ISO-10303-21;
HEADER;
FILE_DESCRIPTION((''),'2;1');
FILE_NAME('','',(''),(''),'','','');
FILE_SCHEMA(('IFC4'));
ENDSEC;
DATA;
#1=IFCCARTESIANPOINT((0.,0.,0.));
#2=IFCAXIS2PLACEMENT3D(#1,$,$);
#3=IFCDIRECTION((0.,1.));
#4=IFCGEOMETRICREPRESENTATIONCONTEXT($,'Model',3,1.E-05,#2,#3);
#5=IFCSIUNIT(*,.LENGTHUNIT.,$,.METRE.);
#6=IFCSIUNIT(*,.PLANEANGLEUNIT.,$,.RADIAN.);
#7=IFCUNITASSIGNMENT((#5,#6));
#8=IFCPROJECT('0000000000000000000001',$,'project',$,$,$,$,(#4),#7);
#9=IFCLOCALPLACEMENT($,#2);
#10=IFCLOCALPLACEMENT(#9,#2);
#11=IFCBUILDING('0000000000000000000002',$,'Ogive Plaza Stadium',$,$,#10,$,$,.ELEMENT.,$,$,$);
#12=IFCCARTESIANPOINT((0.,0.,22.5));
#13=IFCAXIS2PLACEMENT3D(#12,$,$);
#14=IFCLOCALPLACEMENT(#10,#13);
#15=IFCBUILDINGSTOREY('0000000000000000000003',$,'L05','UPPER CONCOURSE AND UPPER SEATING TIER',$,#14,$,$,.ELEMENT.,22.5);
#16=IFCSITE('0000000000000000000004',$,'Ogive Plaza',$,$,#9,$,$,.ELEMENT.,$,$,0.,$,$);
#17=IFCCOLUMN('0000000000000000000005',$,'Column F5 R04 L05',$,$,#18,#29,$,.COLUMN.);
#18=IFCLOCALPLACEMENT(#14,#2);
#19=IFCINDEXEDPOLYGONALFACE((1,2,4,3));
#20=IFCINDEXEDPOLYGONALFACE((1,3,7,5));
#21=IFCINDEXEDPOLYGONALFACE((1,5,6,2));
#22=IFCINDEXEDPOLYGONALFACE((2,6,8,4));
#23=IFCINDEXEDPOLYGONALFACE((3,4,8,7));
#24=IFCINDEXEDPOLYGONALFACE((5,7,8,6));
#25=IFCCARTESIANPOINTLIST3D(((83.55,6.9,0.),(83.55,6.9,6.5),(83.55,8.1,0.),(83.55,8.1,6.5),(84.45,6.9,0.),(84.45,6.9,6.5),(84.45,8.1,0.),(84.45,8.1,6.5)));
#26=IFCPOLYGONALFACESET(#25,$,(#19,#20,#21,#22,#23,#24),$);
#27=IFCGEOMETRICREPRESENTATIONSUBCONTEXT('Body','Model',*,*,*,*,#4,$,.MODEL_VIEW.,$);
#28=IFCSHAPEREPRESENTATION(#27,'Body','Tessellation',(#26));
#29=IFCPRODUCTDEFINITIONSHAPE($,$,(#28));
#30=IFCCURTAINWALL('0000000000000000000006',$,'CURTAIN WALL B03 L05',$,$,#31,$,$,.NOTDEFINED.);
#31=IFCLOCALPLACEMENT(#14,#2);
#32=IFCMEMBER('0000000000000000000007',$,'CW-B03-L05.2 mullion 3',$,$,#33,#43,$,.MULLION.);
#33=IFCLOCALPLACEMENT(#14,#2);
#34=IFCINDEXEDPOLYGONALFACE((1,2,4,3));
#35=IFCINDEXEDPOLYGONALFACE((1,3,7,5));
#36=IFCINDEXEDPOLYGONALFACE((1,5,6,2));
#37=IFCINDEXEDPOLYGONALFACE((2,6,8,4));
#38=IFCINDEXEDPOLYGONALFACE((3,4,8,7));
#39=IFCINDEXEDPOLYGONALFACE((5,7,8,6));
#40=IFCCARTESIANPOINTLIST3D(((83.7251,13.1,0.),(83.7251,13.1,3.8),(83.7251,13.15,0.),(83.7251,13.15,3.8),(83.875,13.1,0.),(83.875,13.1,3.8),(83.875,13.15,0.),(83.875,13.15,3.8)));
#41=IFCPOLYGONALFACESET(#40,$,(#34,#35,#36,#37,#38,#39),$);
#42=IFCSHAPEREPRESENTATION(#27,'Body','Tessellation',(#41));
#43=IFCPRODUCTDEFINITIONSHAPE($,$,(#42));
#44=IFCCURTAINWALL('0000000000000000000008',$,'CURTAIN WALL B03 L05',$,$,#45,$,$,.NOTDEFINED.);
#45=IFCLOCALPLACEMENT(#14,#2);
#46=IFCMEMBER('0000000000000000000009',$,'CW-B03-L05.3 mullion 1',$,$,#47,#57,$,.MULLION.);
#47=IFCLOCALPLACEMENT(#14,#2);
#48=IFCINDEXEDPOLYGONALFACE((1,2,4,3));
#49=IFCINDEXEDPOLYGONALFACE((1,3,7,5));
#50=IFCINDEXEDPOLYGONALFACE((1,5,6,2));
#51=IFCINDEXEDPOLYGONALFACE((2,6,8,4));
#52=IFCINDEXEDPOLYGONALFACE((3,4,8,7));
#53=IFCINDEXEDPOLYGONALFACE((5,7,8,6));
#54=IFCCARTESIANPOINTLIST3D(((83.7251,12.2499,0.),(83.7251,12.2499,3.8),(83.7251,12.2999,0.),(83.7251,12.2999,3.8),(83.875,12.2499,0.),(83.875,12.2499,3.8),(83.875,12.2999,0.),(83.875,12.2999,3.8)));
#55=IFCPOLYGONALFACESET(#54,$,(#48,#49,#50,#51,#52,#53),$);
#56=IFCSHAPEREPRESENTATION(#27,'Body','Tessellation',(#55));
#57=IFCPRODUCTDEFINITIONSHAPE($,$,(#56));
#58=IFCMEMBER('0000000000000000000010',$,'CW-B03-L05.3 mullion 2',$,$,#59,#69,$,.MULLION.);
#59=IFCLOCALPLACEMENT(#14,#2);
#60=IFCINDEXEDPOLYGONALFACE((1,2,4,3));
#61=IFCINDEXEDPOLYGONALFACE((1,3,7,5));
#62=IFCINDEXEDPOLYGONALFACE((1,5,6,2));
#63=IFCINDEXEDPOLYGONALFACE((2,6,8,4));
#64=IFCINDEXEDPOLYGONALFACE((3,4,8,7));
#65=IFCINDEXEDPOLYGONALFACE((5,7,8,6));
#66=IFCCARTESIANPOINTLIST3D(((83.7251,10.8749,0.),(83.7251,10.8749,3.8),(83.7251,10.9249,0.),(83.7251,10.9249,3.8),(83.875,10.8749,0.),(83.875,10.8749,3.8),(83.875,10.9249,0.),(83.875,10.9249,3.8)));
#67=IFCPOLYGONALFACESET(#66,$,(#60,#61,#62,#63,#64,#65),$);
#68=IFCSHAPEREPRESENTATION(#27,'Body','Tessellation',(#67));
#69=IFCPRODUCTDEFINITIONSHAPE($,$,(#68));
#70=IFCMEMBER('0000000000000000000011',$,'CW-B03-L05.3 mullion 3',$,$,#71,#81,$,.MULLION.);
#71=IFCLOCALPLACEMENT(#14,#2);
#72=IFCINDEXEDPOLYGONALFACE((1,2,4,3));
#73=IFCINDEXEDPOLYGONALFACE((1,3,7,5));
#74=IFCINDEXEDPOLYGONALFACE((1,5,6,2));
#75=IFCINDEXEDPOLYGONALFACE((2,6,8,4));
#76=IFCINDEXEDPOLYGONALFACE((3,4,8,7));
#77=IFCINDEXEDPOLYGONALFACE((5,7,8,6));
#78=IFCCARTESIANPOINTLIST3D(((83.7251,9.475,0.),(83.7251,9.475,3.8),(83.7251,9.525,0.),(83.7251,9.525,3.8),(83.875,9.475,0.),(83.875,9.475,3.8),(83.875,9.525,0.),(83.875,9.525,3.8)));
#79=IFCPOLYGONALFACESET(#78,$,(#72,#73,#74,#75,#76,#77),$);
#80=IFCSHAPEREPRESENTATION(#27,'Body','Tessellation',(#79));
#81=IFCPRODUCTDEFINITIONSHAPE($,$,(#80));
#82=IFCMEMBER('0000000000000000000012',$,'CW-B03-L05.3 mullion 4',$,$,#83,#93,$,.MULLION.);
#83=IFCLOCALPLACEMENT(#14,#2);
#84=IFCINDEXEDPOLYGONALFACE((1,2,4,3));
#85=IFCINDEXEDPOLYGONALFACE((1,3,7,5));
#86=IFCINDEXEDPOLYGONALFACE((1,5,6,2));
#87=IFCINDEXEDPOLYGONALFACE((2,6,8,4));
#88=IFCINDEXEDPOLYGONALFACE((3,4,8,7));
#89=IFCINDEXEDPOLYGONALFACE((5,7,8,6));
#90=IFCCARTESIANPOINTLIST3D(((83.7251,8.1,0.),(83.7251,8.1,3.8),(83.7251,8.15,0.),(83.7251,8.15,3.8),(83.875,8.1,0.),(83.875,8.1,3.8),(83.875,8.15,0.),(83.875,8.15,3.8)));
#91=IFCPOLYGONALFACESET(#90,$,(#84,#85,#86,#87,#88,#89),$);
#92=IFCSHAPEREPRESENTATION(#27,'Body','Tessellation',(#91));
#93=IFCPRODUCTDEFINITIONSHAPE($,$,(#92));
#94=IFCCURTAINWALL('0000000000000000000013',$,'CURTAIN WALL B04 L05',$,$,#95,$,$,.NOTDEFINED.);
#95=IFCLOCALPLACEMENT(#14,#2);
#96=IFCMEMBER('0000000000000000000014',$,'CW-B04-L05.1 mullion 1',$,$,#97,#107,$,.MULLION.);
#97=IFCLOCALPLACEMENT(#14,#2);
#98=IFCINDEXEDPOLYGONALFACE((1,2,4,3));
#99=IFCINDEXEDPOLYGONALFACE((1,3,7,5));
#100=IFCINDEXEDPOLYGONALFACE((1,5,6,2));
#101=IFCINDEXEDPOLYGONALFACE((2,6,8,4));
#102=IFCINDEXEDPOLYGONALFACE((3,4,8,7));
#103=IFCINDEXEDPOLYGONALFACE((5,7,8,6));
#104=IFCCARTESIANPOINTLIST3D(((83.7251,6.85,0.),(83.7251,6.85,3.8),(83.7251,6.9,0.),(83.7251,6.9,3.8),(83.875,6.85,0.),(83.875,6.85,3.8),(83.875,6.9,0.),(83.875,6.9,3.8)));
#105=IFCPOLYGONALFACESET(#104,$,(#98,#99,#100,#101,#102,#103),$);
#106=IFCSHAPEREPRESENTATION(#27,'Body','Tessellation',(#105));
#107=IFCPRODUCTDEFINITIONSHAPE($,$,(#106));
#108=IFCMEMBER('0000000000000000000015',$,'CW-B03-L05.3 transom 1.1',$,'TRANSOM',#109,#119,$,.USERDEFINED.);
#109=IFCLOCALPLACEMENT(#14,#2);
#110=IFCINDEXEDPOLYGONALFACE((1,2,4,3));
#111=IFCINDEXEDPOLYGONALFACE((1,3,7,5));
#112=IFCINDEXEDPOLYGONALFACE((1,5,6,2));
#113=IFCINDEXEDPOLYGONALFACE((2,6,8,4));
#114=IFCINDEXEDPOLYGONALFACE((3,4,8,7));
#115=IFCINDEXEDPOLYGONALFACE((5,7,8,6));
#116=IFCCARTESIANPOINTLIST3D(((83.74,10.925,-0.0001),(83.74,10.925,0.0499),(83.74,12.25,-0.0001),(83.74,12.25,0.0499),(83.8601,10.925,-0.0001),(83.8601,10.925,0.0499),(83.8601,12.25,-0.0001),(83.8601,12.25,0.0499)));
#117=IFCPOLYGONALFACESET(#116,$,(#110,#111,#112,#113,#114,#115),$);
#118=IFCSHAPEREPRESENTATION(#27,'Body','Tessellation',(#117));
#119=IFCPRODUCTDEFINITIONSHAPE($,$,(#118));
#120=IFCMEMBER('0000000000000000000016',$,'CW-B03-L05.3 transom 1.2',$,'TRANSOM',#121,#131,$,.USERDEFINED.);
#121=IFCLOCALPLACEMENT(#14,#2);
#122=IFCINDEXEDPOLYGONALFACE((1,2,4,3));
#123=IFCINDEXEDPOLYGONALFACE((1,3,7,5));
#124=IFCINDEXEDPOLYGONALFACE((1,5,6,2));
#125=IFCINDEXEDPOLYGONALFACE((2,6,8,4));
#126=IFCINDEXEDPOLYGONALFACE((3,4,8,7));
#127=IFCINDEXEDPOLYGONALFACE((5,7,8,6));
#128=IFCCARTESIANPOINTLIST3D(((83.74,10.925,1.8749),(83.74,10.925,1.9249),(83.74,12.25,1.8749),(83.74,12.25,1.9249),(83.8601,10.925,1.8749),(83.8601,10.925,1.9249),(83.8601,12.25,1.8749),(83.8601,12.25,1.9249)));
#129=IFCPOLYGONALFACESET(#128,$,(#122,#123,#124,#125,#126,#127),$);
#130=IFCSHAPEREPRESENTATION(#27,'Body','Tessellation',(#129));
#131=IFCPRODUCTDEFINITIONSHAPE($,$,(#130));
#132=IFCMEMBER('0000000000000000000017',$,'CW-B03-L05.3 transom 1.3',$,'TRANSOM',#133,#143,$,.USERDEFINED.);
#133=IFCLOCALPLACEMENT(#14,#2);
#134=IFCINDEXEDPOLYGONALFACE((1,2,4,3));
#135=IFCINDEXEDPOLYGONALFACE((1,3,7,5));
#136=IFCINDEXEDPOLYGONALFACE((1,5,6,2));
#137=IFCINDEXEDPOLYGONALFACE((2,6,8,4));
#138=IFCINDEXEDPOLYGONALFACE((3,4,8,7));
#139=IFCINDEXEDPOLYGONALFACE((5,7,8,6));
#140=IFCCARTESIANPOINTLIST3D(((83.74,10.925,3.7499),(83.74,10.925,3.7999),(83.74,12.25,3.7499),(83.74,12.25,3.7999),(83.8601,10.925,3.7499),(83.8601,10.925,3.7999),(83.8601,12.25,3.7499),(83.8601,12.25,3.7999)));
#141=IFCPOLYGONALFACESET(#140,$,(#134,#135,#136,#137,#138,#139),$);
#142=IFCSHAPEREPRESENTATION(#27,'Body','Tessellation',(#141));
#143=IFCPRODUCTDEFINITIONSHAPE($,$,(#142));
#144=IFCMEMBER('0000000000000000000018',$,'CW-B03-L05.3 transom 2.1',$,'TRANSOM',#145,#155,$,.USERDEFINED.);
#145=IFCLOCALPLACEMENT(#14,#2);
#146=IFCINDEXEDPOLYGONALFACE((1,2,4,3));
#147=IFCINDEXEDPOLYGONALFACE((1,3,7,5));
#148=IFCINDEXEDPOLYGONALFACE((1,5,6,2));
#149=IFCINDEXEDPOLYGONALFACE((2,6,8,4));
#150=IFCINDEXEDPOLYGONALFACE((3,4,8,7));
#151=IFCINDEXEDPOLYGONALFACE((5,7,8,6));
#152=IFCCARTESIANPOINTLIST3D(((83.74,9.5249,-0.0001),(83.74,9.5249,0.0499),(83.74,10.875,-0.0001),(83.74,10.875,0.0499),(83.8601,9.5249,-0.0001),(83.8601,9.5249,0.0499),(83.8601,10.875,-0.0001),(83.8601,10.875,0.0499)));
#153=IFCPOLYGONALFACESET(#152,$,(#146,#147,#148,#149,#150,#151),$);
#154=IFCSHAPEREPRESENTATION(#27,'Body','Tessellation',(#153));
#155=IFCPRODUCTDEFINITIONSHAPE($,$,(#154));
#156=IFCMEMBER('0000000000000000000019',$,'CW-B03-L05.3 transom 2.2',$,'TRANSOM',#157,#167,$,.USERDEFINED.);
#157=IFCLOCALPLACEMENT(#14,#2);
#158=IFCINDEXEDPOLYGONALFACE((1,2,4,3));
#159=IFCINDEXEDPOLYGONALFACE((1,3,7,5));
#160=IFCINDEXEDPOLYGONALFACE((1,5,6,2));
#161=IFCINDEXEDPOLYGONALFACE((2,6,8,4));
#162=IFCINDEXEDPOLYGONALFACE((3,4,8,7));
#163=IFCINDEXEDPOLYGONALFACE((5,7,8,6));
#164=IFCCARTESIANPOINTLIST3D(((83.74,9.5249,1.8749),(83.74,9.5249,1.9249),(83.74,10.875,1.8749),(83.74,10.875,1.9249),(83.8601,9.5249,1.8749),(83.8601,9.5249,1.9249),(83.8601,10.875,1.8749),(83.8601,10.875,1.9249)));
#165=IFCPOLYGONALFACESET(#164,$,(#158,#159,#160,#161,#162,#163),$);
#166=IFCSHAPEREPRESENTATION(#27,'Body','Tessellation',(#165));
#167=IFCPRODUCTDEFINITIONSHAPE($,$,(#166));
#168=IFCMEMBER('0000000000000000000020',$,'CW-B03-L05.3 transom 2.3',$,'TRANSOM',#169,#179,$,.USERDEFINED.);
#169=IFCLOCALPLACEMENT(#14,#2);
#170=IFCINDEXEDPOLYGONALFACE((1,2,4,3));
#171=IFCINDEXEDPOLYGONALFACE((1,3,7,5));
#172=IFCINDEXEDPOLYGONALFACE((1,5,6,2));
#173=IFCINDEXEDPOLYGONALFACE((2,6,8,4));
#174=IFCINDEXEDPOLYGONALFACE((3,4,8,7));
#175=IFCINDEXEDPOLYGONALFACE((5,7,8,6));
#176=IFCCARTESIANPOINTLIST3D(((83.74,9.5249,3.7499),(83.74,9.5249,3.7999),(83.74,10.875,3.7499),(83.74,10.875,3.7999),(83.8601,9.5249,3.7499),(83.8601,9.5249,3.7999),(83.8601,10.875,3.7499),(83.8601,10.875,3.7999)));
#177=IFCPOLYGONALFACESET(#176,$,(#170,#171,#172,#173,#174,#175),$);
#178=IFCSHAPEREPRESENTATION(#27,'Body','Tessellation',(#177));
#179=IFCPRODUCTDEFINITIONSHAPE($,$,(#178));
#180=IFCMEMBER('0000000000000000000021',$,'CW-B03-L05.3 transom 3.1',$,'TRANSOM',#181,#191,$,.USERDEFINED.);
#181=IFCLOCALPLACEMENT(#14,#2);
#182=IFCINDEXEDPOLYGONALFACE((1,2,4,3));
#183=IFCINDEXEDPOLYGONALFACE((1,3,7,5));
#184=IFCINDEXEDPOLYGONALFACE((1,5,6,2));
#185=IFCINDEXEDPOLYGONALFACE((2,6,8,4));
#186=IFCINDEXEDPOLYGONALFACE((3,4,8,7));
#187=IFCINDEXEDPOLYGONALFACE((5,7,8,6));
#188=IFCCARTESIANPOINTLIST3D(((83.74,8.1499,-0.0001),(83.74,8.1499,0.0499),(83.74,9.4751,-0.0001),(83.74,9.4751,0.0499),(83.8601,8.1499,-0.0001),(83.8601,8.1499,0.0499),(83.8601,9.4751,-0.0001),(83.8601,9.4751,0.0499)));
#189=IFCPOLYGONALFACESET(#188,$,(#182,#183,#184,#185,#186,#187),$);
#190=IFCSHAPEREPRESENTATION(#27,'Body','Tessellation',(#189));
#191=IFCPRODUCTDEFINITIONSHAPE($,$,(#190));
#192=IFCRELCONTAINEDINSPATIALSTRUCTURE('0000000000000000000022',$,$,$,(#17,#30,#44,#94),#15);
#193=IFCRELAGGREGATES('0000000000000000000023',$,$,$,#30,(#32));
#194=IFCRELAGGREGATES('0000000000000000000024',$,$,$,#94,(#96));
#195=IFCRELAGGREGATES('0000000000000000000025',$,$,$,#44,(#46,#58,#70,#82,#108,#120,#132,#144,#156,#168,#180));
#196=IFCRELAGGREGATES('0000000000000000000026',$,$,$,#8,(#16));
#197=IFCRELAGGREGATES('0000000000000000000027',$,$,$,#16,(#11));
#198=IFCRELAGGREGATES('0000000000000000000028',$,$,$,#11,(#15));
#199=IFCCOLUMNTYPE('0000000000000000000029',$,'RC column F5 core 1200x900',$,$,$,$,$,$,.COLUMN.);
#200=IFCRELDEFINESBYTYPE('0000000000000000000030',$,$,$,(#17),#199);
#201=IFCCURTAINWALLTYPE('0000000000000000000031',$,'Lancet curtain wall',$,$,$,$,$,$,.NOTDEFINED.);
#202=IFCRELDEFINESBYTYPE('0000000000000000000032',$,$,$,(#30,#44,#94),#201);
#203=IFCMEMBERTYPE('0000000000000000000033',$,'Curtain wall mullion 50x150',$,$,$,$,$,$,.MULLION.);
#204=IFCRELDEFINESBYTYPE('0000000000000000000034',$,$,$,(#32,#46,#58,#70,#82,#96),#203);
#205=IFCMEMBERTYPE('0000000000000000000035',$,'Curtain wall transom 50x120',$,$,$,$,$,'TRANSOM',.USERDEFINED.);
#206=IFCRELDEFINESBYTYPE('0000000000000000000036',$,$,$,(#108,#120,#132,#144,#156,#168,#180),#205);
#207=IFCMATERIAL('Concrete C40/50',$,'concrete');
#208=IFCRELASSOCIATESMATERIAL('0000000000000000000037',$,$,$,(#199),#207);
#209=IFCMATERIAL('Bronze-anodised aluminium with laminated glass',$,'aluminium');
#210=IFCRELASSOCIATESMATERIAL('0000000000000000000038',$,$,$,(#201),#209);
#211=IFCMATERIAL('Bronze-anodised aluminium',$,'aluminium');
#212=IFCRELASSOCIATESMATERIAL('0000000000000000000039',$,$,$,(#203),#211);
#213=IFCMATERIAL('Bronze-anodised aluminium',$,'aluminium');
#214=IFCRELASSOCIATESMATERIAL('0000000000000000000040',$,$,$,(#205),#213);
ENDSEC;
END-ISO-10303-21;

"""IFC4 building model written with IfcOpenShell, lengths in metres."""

from ifc_helpers import new_model, si_unit, direction, frame, origin, origin_2d, place, context, subcontext, project, spatial, rectangle, extrude, material, material_profile, profile_set, type_object, element, aggregate, save


model = new_model("IFC4")

# Units and contexts
model_context = context("Model", 3, precision=1e-05, world=origin(), true_north=direction((0.0, 1.0)))
body_context = subcontext(model_context, "Body", "Model", "MODEL_VIEW")
ifc_project = project(units=[si_unit("LENGTHUNIT", "METRE"), si_unit("PLANEANGLEUNIT", "RADIAN")], contexts=[model_context])

# Site, building, storey
site_placement = place(None, origin())
site = spatial("IfcSite", under=ifc_project, at=site_placement, Name="Ogive Plaza", CompositionType="ELEMENT", RefElevation=0.0)
building_placement = place(site_placement, origin())
building = spatial("IfcBuilding", under=site, at=building_placement, Name="Ogive Plaza Stadium", CompositionType="ELEMENT")
storey_placement = place(building_placement, frame((0.0, 0.0, 22.5)))
storey = spatial("IfcBuildingStorey", under=building, at=storey_placement, Name="L05", Description="UPPER CONCOURSE AND UPPER SEATING TIER", CompositionType="ELEMENT", Elevation=22.5)

# Column
ifc_material_1 = material(Name="Concrete C40/50", Category="concrete")
ifc_material_profile_1 = material_profile(ifc_material_1, rectangle(XDim=1.2, YDim=0.8999, at=origin_2d()), Name="RC 1200x900")
ifc_profile_set_1 = profile_set([ifc_material_profile_1], Name="Concrete C40/50")
column_type = type_object("IfcColumnType", Name="RC column F5 core 1200x900", PredefinedType="COLUMN", material=ifc_profile_set_1)
column_placement = place(storey_placement, frame((84.0, 7.5, 0.0), z_axis=(0.0, 0.0, 1.0), x_axis=(0.0, 1.0, 0.0)))
element("IfcColumn", 1, at=column_placement, inside=storey, type_object=column_type, Name="Column F5 R04 L05", PredefinedType="COLUMN", context=body_context, shape_type="SweptSolid", body=[
    extrude(rectangle(XDim=1.2, YDim=0.8999, at=origin_2d()), origin(), (0.0, 0.0, 1.0), 6.5),
])

# Curtain wall, member
ifc_material_2 = material(Name="Bronze-anodised aluminium with laminated glass", Category="aluminium")
curtain_wall_type = type_object("IfcCurtainWallType", Name="Lancet curtain wall", PredefinedType="NOTDEFINED", material=ifc_material_2)
curtain_wall_1_placement = place(storey_placement, origin())
curtain_wall_1 = element("IfcCurtainWall", 2, at=curtain_wall_1_placement, inside=storey, type_object=curtain_wall_type, Name="CURTAIN WALL B03 L05", PredefinedType="NOTDEFINED")
ifc_material_3 = material(Name="Bronze-anodised aluminium", Category="aluminium")
ifc_material_profile_2 = material_profile(ifc_material_3, rectangle(XDim=0.1499, YDim=0.05, at=origin_2d()), Name="AL 150x50")
ifc_profile_set_2 = profile_set([ifc_material_profile_2], Name="Bronze-anodised aluminium")
member_type_1 = type_object("IfcMemberType", Name="Curtain wall mullion 50x150", PredefinedType="MULLION", material=ifc_profile_set_2)
member_1_placement = place(storey_placement, frame((83.8, 13.125, 0.0), z_axis=(0.0, 0.0, 1.0), x_axis=(1.0, 0.0, 0.0)))
member_1 = element("IfcMember", 3, at=member_1_placement, type_object=member_type_1, Name="CW-B03-L05.2 mullion 3", PredefinedType="MULLION", context=body_context, shape_type="SweptSolid", body=[
    extrude(rectangle(XDim=0.1499, YDim=0.05, at=origin_2d()), origin(), (0.0, 0.0, 1.0), 3.8),
])
aggregate(curtain_wall_1, [member_1])

# Curtain wall, members
curtain_wall_2_placement = place(storey_placement, origin())
curtain_wall_2 = element("IfcCurtainWall", 4, at=curtain_wall_2_placement, inside=storey, type_object=curtain_wall_type, Name="CURTAIN WALL B03 L05", PredefinedType="NOTDEFINED")
member_2_placement = place(storey_placement, frame((83.8, 12.2749, 0.0), z_axis=(0.0, 0.0, 1.0), x_axis=(1.0, 0.0, 0.0)))
member_2 = element("IfcMember", 5, at=member_2_placement, type_object=member_type_1, Name="CW-B03-L05.3 mullion 1", PredefinedType="MULLION", context=body_context, shape_type="SweptSolid", body=[
    extrude(rectangle(XDim=0.1499, YDim=0.05, at=origin_2d()), origin(), (0.0, 0.0, 1.0), 3.8),
])
member_3_placement = place(storey_placement, frame((83.8, 10.8999, 0.0), z_axis=(0.0, 0.0, 1.0), x_axis=(1.0, 0.0, 0.0)))
member_3 = element("IfcMember", 6, at=member_3_placement, type_object=member_type_1, Name="CW-B03-L05.3 mullion 2", PredefinedType="MULLION", context=body_context, shape_type="SweptSolid", body=[
    extrude(rectangle(XDim=0.1499, YDim=0.05, at=origin_2d()), origin(), (0.0, 0.0, 1.0), 3.8),
])
member_4_placement = place(storey_placement, frame((83.8, 9.5, 0.0), z_axis=(0.0, 0.0, 1.0), x_axis=(1.0, 0.0, 0.0)))
member_4 = element("IfcMember", 7, at=member_4_placement, type_object=member_type_1, Name="CW-B03-L05.3 mullion 3", PredefinedType="MULLION", context=body_context, shape_type="SweptSolid", body=[
    extrude(rectangle(XDim=0.1499, YDim=0.05, at=origin_2d()), origin(), (0.0, 0.0, 1.0), 3.8),
])
member_5_placement = place(storey_placement, frame((83.8, 8.125, 0.0), z_axis=(0.0, 0.0, 1.0), x_axis=(1.0, 0.0, 0.0)))
member_5 = element("IfcMember", 8, at=member_5_placement, type_object=member_type_1, Name="CW-B03-L05.3 mullion 4", PredefinedType="MULLION", context=body_context, shape_type="SweptSolid", body=[
    extrude(rectangle(XDim=0.1499, YDim=0.05, at=origin_2d()), origin(), (0.0, 0.0, 1.0), 3.8),
])

# Curtain wall, member
curtain_wall_3_placement = place(storey_placement, origin())
curtain_wall_3 = element("IfcCurtainWall", 9, at=curtain_wall_3_placement, inside=storey, type_object=curtain_wall_type, Name="CURTAIN WALL B04 L05", PredefinedType="NOTDEFINED")
member_6_placement = place(storey_placement, frame((83.8, 6.875, 0.0), z_axis=(0.0, 0.0, 1.0), x_axis=(1.0, 0.0, 0.0)))
member_6 = element("IfcMember", 10, at=member_6_placement, type_object=member_type_1, Name="CW-B04-L05.1 mullion 1", PredefinedType="MULLION", context=body_context, shape_type="SweptSolid", body=[
    extrude(rectangle(XDim=0.1499, YDim=0.05, at=origin_2d()), origin(), (0.0, 0.0, 1.0), 3.8),
])

# Members
ifc_material_4 = material(Name="Bronze-anodised aluminium", Category="aluminium")
ifc_material_profile_3 = material_profile(ifc_material_4, rectangle(XDim=0.1201, YDim=0.05, at=origin_2d()), Name="AL 120x50")
ifc_profile_set_3 = profile_set([ifc_material_profile_3], Name="Bronze-anodised aluminium")
member_type_2 = type_object("IfcMemberType", Name="Curtain wall transom 50x120", ElementType="TRANSOM", PredefinedType="USERDEFINED", material=ifc_profile_set_3)
member_7_placement = place(storey_placement, frame((83.8, 12.25, 0.0249), z_axis=(0.0, -1.0, 0.0), x_axis=(1.0, 0.0, 0.0)))
member_7 = element("IfcMember", 11, at=member_7_placement, type_object=member_type_2, Name="CW-B03-L05.3 transom 1.1", ObjectType="TRANSOM", PredefinedType="USERDEFINED", context=body_context, shape_type="SweptSolid", body=[
    extrude(rectangle(XDim=0.1201, YDim=0.05, at=origin_2d()), origin(), (0.0, 0.0, 1.0), 1.325),
])
member_8_placement = place(storey_placement, frame((83.8, 12.25, 1.8999), z_axis=(0.0, -1.0, 0.0), x_axis=(1.0, 0.0, 0.0)))
member_8 = element("IfcMember", 12, at=member_8_placement, type_object=member_type_2, Name="CW-B03-L05.3 transom 1.2", ObjectType="TRANSOM", PredefinedType="USERDEFINED", context=body_context, shape_type="SweptSolid", body=[
    extrude(rectangle(XDim=0.1201, YDim=0.05, at=origin_2d()), origin(), (0.0, 0.0, 1.0), 1.325),
])
member_9_placement = place(storey_placement, frame((83.8, 12.25, 3.7749), z_axis=(0.0, -1.0, 0.0), x_axis=(1.0, 0.0, 0.0)))
member_9 = element("IfcMember", 13, at=member_9_placement, type_object=member_type_2, Name="CW-B03-L05.3 transom 1.3", ObjectType="TRANSOM", PredefinedType="USERDEFINED", context=body_context, shape_type="SweptSolid", body=[
    extrude(rectangle(XDim=0.1201, YDim=0.05, at=origin_2d()), origin(), (0.0, 0.0, 1.0), 1.325),
])
member_10_placement = place(storey_placement, frame((83.8, 10.875, 0.0249), z_axis=(0.0, -1.0, 0.0), x_axis=(1.0, 0.0, 0.0)))
member_10 = element("IfcMember", 14, at=member_10_placement, type_object=member_type_2, Name="CW-B03-L05.3 transom 2.1", ObjectType="TRANSOM", PredefinedType="USERDEFINED", context=body_context, shape_type="SweptSolid", body=[
    extrude(rectangle(XDim=0.1201, YDim=0.05, at=origin_2d()), origin(), (0.0, 0.0, 1.0), 1.3501),
])
member_11_placement = place(storey_placement, frame((83.8, 10.875, 1.8999), z_axis=(0.0, -1.0, 0.0), x_axis=(1.0, 0.0, 0.0)))
member_11 = element("IfcMember", 15, at=member_11_placement, type_object=member_type_2, Name="CW-B03-L05.3 transom 2.2", ObjectType="TRANSOM", PredefinedType="USERDEFINED", context=body_context, shape_type="SweptSolid", body=[
    extrude(rectangle(XDim=0.1201, YDim=0.05, at=origin_2d()), origin(), (0.0, 0.0, 1.0), 1.3501),
])
member_12_placement = place(storey_placement, frame((83.8, 10.875, 3.7749), z_axis=(0.0, -1.0, 0.0), x_axis=(1.0, 0.0, 0.0)))
member_12 = element("IfcMember", 16, at=member_12_placement, type_object=member_type_2, Name="CW-B03-L05.3 transom 2.3", ObjectType="TRANSOM", PredefinedType="USERDEFINED", context=body_context, shape_type="SweptSolid", body=[
    extrude(rectangle(XDim=0.1201, YDim=0.05, at=origin_2d()), origin(), (0.0, 0.0, 1.0), 1.3501),
])
member_13_placement = place(storey_placement, frame((83.8, 9.4751, 0.0249), z_axis=(0.0, -1.0, 0.0), x_axis=(1.0, 0.0, 0.0)))
member_13 = element("IfcMember", 17, at=member_13_placement, type_object=member_type_2, Name="CW-B03-L05.3 transom 3.1", ObjectType="TRANSOM", PredefinedType="USERDEFINED", context=body_context, shape_type="SweptSolid", body=[
    extrude(rectangle(XDim=0.1201, YDim=0.05, at=origin_2d()), origin(), (0.0, 0.0, 1.0), 1.3252),
])
aggregate(curtain_wall_3, [member_6])

aggregate(curtain_wall_2, [member_2, member_3, member_4, member_5, member_7, member_8, member_9, member_10, member_11, member_12, member_13])

save(model, "model.ifc")
